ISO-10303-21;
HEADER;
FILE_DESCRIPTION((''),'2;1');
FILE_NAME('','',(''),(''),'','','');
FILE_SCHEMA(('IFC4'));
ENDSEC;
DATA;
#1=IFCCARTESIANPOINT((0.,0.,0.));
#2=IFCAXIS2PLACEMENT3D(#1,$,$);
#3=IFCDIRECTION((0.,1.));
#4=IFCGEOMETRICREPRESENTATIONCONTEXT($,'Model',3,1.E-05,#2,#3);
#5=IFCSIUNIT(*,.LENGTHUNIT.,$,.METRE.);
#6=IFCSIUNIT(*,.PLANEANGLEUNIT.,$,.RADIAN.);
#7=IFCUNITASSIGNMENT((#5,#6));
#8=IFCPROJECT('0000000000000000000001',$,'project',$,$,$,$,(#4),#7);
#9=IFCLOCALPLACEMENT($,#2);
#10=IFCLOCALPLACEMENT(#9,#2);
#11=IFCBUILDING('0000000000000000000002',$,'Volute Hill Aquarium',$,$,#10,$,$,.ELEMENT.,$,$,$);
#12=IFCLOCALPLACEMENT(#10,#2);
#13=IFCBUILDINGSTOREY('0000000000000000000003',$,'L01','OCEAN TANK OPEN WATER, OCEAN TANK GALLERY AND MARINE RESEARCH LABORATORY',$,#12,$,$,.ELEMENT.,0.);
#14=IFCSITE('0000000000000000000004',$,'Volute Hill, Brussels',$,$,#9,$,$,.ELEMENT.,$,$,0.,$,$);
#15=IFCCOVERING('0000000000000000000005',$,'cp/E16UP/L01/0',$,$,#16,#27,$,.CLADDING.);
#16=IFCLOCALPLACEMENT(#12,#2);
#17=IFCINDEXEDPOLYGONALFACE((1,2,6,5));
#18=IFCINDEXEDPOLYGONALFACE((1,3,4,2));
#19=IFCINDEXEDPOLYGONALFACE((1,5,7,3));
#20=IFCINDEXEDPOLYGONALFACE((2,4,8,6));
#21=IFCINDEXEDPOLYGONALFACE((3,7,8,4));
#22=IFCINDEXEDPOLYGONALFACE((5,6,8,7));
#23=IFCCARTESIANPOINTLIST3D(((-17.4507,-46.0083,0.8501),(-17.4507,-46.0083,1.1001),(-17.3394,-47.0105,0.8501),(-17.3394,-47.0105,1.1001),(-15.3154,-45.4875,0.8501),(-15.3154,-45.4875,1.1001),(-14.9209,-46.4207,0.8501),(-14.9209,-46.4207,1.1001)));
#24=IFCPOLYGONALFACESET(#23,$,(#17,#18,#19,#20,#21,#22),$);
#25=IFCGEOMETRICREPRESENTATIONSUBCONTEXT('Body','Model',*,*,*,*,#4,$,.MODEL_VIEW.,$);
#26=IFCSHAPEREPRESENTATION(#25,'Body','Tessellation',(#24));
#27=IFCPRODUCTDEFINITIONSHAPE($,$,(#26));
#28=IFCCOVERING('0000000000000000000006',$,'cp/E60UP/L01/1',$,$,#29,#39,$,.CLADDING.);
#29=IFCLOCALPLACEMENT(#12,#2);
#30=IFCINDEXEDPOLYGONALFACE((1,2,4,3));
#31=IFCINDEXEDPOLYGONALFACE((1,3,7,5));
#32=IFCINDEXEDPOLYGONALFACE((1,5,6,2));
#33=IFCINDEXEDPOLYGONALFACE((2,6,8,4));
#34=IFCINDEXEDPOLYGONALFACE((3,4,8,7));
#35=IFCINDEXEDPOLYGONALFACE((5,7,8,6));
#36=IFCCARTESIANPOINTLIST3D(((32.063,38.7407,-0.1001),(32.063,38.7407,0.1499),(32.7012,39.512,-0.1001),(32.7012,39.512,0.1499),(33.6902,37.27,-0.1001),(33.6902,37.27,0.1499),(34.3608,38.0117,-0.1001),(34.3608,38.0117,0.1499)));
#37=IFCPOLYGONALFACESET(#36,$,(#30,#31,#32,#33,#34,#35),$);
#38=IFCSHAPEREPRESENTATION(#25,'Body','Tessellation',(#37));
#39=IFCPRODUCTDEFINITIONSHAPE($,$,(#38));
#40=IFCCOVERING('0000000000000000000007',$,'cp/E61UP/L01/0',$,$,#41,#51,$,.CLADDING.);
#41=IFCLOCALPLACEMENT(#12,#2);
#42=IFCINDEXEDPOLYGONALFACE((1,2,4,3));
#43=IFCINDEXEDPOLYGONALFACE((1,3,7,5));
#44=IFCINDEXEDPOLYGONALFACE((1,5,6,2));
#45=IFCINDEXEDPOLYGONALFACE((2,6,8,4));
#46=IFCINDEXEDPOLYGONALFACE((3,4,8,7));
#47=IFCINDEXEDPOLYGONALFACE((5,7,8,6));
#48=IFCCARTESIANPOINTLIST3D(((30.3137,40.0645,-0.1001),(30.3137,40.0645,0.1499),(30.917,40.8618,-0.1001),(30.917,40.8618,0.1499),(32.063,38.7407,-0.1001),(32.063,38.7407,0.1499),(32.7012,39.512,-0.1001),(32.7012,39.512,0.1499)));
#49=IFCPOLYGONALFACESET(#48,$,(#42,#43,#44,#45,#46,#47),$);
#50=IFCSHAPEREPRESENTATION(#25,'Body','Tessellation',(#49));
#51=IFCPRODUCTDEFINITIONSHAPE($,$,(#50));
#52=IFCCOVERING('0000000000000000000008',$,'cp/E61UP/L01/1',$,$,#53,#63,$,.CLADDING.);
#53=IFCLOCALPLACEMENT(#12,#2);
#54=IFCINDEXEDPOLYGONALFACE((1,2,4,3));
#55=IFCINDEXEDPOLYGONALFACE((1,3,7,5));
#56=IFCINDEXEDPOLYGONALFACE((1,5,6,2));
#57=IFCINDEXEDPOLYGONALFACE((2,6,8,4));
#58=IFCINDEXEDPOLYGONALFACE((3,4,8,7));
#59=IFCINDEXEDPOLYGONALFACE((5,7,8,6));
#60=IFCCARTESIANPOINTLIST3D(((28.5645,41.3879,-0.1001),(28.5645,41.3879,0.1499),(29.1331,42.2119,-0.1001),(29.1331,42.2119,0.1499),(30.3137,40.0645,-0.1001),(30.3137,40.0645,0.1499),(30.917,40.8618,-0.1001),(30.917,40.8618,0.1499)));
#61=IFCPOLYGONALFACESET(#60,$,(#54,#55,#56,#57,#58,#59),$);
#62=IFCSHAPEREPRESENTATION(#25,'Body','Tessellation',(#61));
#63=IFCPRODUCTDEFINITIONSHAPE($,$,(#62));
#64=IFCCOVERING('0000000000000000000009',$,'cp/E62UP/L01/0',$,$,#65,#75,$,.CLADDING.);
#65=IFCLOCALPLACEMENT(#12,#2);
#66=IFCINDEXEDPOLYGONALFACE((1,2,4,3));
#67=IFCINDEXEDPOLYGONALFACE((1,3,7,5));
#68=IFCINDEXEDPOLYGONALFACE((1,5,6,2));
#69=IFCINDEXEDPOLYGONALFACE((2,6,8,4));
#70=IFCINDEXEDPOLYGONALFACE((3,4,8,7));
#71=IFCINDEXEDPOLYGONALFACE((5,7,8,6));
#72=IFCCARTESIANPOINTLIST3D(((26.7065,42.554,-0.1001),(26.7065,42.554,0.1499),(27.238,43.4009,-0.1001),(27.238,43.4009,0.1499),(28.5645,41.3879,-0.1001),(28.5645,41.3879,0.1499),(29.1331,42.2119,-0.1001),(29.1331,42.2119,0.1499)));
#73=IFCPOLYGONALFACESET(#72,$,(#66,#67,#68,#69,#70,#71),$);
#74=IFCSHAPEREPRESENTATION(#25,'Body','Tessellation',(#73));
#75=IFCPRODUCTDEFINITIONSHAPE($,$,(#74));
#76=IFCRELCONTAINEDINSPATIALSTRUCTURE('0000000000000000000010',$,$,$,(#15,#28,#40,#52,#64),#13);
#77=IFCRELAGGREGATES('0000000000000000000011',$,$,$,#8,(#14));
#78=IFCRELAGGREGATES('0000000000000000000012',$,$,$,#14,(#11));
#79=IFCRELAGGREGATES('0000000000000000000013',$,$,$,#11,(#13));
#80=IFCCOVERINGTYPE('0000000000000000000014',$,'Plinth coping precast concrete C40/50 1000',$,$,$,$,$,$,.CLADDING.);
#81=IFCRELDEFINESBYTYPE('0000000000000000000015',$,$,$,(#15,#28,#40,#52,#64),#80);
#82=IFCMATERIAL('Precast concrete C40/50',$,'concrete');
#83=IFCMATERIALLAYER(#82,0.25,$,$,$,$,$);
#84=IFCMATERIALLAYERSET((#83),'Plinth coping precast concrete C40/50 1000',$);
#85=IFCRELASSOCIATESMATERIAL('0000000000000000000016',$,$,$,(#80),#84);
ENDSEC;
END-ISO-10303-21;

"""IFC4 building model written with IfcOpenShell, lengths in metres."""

from ifc_helpers import new_model, si_unit, direction, frame, origin, place, context, subcontext, project, spatial, polyline, outline, extrude, material, layer, layer_set, type_object, element, save


model = new_model("IFC4")

# Units and contexts
model_context = context("Model", 3, precision=1e-05, world=origin(), true_north=direction((0.0, 1.0)))
body_context = subcontext(model_context, "Body", "Model", "MODEL_VIEW")
ifc_project = project(units=[si_unit("LENGTHUNIT", "METRE"), si_unit("PLANEANGLEUNIT", "RADIAN")], contexts=[model_context])

# Site, building, storey
site_placement = place(None, origin())
site = spatial("IfcSite", under=ifc_project, at=site_placement, Name="Volute Hill, Brussels", CompositionType="ELEMENT", RefElevation=0.0)
building_placement = place(site_placement, origin())
building = spatial("IfcBuilding", under=site, at=building_placement, Name="Volute Hill Aquarium", CompositionType="ELEMENT")
storey_placement = place(building_placement, origin())
storey = spatial("IfcBuildingStorey", under=building, at=storey_placement, Name="L01", Description="OCEAN TANK OPEN WATER, OCEAN TANK GALLERY AND MARINE RESEARCH LABORATORY", CompositionType="ELEMENT", Elevation=0.0)

# Coverings
ifc_material_1 = material(Name="Precast concrete C40/50", Category="concrete")
ifc_layer_1 = layer(ifc_material_1, 0.25)
ifc_layer_set_1 = layer_set([ifc_layer_1], Name="Plinth coping precast concrete C40/50 1000")
covering_type = type_object("IfcCoveringType", Name="Plinth coping precast concrete C40/50 1000", PredefinedType="CLADDING", material=ifc_layer_set_1)
covering_1_placement = place(storey_placement, frame((0.0, 0.0, 0.8501)))
element("IfcCovering", 1, at=covering_1_placement, inside=storey, type_object=covering_type, Name="cp/E16UP/L01/0", PredefinedType="CLADDING", context=body_context, shape_type="SweptSolid", body=[
    extrude(outline(polyline([(-17.3394, -47.0105), (-14.9209, -46.4207), (-15.3154, -45.4875), (-17.4507, -46.0083), (-17.3394, -47.0105), (-17.3394, -47.0105)])), origin(), (0.0, 0.0, 1.0), 0.25),
])
covering_2_placement = place(storey_placement, frame((0.0, 0.0, -0.1001)))
element("IfcCovering", 2, at=covering_2_placement, inside=storey, type_object=covering_type, Name="cp/E60UP/L01/1", PredefinedType="CLADDING", context=body_context, shape_type="SweptSolid", body=[
    extrude(outline(polyline([(32.7012, 39.512), (32.7012, 39.512), (32.063, 38.7407), (32.063, 38.7407), (33.6902, 37.27), (34.3608, 38.0117), (32.7012, 39.512)])), origin(), (0.0, 0.0, 1.0), 0.25),
])
covering_3_placement = place(storey_placement, frame((0.0, 0.0, -0.1001)))
element("IfcCovering", 3, at=covering_3_placement, inside=storey, type_object=covering_type, Name="cp/E61UP/L01/0", PredefinedType="CLADDING", context=body_context, shape_type="SweptSolid", body=[
    extrude(outline(polyline([(32.7012, 39.512), (30.917, 40.8618), (30.3137, 40.0645), (32.063, 38.7407), (32.7012, 39.512)])), origin(), (0.0, 0.0, 1.0), 0.25),
])
covering_4_placement = place(storey_placement, frame((0.0, 0.0, -0.1001)))
element("IfcCovering", 4, at=covering_4_placement, inside=storey, type_object=covering_type, Name="cp/E61UP/L01/1", PredefinedType="CLADDING", context=body_context, shape_type="SweptSolid", body=[
    extrude(outline(polyline([(29.1331, 42.2119), (29.1331, 42.2119), (28.5645, 41.3879), (28.5645, 41.3879), (30.3137, 40.0645), (30.917, 40.8618), (29.1331, 42.2119)])), origin(), (0.0, 0.0, 1.0), 0.25),
])
covering_5_placement = place(storey_placement, frame((0.0, 0.0, -0.1001)))
element("IfcCovering", 5, at=covering_5_placement, inside=storey, type_object=covering_type, Name="cp/E62UP/L01/0", PredefinedType="CLADDING", context=body_context, shape_type="SweptSolid", body=[
    extrude(outline(polyline([(29.1331, 42.2119), (27.238, 43.4009), (26.7065, 42.554), (28.5645, 41.3879), (29.1331, 42.2119)])), origin(), (0.0, 0.0, 1.0), 0.25),
])

save(model, "model.ifc")
